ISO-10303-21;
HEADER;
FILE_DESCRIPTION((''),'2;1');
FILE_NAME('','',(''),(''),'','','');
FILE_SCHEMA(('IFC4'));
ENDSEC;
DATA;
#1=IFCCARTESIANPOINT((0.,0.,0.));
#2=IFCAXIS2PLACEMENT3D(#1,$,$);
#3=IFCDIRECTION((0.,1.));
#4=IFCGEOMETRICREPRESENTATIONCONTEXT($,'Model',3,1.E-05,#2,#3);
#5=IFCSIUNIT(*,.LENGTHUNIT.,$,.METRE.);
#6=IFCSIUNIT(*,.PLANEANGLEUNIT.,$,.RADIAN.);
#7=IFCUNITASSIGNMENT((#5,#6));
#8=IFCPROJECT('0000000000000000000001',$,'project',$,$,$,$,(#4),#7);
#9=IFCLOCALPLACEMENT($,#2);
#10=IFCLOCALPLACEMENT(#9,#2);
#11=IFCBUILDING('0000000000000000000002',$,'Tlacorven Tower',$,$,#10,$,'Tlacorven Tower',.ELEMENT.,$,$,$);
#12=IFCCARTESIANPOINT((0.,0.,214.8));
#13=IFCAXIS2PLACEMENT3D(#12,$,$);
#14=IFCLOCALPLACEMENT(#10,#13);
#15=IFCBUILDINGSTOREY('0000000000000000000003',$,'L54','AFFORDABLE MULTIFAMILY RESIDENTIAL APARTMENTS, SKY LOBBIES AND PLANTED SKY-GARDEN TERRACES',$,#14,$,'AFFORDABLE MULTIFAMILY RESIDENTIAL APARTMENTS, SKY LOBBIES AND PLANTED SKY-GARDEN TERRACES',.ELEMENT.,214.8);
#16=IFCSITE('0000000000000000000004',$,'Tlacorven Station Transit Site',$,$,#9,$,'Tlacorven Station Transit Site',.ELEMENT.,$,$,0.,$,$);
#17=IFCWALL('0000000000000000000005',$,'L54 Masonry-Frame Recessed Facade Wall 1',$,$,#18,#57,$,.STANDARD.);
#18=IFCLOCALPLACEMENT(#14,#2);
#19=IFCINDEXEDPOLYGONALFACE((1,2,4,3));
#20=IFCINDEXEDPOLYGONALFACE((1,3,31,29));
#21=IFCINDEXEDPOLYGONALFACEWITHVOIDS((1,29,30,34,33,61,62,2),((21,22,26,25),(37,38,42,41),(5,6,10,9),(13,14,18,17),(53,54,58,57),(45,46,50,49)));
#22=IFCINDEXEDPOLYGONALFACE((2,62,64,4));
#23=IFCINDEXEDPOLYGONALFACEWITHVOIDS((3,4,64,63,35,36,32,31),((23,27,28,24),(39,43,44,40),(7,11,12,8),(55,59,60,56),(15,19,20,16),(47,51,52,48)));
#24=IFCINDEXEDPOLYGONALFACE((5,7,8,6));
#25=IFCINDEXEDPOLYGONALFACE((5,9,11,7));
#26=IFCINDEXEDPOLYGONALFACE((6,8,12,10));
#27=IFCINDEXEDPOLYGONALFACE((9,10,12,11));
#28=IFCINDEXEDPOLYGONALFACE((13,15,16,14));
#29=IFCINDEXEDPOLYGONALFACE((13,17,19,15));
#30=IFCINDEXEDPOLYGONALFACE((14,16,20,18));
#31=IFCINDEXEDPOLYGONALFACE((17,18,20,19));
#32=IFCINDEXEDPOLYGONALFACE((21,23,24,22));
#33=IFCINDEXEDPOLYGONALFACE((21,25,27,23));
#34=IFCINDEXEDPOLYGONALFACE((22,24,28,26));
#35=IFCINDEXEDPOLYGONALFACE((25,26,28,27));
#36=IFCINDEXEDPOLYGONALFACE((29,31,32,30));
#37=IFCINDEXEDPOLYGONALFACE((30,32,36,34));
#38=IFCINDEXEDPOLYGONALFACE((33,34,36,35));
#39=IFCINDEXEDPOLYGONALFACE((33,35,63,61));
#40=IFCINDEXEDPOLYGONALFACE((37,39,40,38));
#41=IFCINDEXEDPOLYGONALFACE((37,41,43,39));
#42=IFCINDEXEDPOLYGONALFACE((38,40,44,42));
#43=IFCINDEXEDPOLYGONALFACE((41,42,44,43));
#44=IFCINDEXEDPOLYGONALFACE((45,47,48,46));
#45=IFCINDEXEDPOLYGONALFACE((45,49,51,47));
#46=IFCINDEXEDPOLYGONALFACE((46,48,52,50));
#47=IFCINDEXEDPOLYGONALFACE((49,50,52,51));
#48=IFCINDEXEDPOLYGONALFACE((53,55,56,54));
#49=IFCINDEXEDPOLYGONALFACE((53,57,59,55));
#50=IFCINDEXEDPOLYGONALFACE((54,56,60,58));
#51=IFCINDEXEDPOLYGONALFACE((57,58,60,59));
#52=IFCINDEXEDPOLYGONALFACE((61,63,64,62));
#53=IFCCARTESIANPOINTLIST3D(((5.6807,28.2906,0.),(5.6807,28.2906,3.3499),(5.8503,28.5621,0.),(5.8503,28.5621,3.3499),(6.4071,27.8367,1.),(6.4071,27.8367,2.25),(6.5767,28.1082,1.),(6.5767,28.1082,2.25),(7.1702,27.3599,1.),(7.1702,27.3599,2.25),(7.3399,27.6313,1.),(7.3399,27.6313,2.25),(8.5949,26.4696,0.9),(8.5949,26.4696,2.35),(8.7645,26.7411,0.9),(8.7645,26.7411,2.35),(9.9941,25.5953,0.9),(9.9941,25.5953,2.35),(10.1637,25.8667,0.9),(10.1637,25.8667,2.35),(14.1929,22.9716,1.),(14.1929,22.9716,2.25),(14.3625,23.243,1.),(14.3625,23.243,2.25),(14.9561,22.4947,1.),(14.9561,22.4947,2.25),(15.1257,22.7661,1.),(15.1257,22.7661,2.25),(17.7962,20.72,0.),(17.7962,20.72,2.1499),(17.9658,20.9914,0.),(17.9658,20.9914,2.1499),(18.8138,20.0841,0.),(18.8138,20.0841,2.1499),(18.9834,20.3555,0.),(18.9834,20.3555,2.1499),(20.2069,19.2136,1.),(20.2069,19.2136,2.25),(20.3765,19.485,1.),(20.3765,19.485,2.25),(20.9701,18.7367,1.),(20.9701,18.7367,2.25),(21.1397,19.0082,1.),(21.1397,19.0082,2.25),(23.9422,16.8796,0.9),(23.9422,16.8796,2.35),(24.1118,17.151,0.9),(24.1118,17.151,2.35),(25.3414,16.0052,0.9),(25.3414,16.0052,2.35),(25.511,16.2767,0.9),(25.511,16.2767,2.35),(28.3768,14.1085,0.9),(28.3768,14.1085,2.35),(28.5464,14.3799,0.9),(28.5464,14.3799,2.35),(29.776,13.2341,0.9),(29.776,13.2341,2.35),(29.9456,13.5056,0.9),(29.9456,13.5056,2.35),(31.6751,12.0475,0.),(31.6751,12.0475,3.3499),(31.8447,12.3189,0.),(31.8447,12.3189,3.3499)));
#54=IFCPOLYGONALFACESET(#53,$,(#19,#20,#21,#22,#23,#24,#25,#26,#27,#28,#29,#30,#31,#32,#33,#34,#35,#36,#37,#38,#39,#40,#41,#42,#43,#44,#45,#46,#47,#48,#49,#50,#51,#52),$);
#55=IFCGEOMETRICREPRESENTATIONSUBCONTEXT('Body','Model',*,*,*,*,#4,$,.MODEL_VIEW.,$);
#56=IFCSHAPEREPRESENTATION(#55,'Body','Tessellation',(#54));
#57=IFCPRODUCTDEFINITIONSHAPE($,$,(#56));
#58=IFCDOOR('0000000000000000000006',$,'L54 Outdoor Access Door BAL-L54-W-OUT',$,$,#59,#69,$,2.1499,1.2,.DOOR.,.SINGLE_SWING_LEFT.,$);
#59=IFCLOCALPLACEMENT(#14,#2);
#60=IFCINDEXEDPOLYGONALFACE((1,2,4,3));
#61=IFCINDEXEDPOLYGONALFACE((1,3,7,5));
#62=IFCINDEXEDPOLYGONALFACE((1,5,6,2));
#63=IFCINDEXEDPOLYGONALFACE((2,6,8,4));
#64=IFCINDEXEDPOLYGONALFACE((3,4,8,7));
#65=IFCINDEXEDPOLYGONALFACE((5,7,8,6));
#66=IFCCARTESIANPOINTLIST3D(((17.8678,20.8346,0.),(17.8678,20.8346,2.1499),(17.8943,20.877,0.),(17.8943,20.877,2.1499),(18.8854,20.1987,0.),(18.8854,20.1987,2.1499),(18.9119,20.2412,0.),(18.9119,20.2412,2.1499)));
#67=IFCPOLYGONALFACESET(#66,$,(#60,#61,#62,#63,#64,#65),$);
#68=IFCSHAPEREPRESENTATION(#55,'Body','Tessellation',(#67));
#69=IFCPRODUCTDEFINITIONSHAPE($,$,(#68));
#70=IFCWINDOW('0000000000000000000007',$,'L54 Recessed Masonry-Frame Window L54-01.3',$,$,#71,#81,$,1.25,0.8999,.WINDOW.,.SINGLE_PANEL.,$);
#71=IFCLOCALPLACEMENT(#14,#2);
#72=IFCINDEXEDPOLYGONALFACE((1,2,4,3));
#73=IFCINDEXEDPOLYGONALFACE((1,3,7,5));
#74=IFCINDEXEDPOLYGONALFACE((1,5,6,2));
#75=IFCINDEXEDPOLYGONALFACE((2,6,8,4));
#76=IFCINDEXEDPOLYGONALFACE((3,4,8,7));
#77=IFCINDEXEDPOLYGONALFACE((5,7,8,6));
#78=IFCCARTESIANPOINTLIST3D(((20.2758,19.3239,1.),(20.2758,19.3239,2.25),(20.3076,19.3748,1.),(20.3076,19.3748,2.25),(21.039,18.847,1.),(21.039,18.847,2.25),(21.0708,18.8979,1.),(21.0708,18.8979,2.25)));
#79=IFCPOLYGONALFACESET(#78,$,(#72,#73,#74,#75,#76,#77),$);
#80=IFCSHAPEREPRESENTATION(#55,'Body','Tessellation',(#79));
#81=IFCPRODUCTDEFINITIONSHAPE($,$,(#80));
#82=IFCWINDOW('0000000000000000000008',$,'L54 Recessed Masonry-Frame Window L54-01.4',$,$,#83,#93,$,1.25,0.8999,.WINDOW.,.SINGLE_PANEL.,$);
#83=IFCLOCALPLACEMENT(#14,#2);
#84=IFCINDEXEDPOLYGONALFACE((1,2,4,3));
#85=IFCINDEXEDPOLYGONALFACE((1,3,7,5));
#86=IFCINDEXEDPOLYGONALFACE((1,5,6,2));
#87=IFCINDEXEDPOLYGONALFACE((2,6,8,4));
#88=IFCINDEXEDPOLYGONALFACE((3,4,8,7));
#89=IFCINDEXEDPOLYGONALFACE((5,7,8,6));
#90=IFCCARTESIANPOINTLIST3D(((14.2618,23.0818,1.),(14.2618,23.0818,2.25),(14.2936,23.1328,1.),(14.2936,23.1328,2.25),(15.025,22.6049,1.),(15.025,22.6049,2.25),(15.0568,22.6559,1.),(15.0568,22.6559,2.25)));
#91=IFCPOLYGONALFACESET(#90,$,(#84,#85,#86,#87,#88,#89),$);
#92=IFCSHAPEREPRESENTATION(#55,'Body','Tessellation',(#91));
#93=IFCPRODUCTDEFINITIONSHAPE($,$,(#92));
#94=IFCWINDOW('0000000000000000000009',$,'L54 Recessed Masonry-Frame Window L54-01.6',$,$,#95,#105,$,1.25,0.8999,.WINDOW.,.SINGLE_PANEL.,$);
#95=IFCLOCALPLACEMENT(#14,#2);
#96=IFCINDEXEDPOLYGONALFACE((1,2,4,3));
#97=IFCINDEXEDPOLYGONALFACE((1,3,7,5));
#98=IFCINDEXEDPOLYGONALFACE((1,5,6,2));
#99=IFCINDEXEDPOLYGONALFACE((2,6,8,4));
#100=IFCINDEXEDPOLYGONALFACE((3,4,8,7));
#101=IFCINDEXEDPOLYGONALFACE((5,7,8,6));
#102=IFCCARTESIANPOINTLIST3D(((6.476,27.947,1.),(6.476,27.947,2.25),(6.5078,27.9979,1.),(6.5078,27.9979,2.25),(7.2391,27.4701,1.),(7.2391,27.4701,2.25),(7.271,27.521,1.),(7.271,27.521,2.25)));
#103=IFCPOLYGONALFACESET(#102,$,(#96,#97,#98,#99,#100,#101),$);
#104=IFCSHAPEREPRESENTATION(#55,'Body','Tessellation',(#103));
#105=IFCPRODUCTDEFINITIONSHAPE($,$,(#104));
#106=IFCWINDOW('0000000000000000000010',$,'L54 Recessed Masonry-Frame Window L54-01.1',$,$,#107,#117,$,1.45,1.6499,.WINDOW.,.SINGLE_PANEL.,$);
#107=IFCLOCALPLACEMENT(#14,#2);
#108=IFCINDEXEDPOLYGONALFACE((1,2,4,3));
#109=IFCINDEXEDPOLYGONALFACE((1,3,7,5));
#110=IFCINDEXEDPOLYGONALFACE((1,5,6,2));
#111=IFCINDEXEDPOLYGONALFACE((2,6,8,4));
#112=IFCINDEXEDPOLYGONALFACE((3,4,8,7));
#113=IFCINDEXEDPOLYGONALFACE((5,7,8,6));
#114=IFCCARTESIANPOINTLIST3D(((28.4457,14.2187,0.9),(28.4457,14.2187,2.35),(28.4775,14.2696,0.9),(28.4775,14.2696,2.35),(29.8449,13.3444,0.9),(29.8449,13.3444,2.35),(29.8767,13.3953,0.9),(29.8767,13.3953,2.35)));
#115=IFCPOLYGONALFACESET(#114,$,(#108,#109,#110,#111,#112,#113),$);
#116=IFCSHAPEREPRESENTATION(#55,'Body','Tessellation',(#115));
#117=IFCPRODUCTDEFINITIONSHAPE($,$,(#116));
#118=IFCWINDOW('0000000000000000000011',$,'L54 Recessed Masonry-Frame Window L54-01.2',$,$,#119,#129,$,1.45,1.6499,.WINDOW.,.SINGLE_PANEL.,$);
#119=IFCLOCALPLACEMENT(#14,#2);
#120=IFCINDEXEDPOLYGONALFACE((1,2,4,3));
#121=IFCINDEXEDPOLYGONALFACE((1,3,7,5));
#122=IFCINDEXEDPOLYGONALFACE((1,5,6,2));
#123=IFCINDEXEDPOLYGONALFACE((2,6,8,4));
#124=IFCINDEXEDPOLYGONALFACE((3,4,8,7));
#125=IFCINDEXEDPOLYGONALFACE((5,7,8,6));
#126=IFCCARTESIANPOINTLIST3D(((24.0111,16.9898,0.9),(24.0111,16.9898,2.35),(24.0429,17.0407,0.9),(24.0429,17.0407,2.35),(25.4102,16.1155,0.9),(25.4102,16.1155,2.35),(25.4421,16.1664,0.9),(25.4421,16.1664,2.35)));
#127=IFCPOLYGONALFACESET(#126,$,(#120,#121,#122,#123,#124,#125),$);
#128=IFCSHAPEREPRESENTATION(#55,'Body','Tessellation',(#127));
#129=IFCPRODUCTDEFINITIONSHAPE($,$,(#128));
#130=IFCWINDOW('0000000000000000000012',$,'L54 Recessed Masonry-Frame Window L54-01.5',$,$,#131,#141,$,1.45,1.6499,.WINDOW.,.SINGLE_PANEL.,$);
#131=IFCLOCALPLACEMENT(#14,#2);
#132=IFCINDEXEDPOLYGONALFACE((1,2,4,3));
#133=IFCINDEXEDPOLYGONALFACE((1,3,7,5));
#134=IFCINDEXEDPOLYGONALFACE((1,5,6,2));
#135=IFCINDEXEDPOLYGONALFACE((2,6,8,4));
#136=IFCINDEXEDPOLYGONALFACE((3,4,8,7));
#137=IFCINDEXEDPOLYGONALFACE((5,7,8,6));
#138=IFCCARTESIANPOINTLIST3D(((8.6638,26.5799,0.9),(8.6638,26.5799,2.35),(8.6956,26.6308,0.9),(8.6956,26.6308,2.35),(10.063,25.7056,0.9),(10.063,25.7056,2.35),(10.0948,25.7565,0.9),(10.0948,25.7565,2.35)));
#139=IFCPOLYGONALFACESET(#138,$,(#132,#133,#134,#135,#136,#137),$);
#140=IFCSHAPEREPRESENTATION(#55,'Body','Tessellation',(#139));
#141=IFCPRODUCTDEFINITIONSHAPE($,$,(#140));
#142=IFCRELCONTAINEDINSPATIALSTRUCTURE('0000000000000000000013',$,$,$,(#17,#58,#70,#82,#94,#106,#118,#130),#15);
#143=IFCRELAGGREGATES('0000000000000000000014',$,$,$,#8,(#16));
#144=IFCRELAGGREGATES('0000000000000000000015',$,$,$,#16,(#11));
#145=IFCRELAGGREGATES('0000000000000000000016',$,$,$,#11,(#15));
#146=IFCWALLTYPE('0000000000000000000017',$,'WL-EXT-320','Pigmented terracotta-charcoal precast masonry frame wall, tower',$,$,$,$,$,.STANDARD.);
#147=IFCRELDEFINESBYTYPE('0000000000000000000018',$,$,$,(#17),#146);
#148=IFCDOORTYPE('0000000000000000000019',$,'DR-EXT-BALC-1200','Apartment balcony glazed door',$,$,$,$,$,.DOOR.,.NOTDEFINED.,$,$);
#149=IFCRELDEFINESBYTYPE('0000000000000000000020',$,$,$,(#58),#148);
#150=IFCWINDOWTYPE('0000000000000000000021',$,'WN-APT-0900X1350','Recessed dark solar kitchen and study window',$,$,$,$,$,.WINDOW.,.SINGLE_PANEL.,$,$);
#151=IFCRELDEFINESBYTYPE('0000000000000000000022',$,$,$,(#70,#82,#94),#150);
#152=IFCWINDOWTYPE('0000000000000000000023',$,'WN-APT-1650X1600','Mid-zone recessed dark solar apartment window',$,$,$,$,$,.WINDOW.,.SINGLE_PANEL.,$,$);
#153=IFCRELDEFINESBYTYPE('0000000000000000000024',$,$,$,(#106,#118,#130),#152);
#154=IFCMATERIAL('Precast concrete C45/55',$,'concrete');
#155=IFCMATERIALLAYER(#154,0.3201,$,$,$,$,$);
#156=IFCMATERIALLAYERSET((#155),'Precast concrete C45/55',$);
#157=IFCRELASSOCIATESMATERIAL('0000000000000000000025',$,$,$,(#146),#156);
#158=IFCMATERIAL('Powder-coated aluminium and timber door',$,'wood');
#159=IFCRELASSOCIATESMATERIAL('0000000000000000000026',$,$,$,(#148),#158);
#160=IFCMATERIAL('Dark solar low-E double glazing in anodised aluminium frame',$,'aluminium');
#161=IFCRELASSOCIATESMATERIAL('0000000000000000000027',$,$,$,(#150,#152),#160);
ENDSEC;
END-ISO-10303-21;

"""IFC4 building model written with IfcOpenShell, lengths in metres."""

from ifc_helpers import new_model, si_unit, direction, frame, frame_2d, origin, place, context, subcontext, project, spatial, rectangle, extrude, source, transform, mapped, material, layer, layer_set, type_object, element, fill, save


model = new_model("IFC4")

# Units and contexts
model_context = context("Model", 3, precision=1e-05, world=origin(), true_north=direction((0.0, 1.0)))
body_context = subcontext(model_context, "Body", "Model", "MODEL_VIEW")
ifc_project = project(units=[si_unit("LENGTHUNIT", "METRE"), si_unit("PLANEANGLEUNIT", "RADIAN")], contexts=[model_context])

# Site, building, storey
site_placement = place(None, origin())
site = spatial("IfcSite", under=ifc_project, at=site_placement, Name="Tlacorven Station Transit Site", LongName="Tlacorven Station Transit Site", CompositionType="ELEMENT", RefElevation=0.0)
building_placement = place(site_placement, origin())
building = spatial("IfcBuilding", under=site, at=building_placement, Name="Tlacorven Tower", LongName="Tlacorven Tower", CompositionType="ELEMENT")
storey_placement = place(building_placement, frame((0.0, 0.0, 214.8)))
storey = spatial("IfcBuildingStorey", under=building, at=storey_placement, Name="L54", Description="AFFORDABLE MULTIFAMILY RESIDENTIAL APARTMENTS, SKY LOBBIES AND PLANTED SKY-GARDEN TERRACES", LongName="AFFORDABLE MULTIFAMILY RESIDENTIAL APARTMENTS, SKY LOBBIES AND PLANTED SKY-GARDEN TERRACES", CompositionType="ELEMENT", Elevation=214.8)

# Wall, openings, door, windows
ifc_material_1 = material(Name="Precast concrete C45/55", Category="concrete")
ifc_layer_1 = layer(ifc_material_1, 0.3201)
ifc_layer_set_1 = layer_set([ifc_layer_1], Name="Precast concrete C45/55")
wall_type_1 = type_object("IfcWallType", Name="WL-EXT-320", Description="Pigmented terracotta-charcoal precast masonry frame wall, tower", PredefinedType="STANDARD", material=ifc_layer_set_1)
wall_1_placement = place(storey_placement, frame((31.76, 12.1831, 0.0), z_axis=(0.0, 0.0, 1.0), x_axis=(-0.848047, 0.529921, 0.0)))
wall_1 = element("IfcWall", 1, at=wall_1_placement, inside=storey, type_object=wall_type_1, Name="L54 Masonry-Frame Recessed Facade Wall 1", PredefinedType="STANDARD", context=body_context, shape_type="SweptSolid", body=[
    extrude(rectangle(XDim=30.6521, YDim=0.3201, at=frame_2d((15.3262, 0.0))), origin(), (0.0, 0.0, 1.0), 3.3499),
])
opening_1_placement = place(wall_1_placement, frame((15.1658, 0.0, 0.0)))
opening_1 = element("IfcOpeningElement", 2, at=opening_1_placement, cuts=wall_1, PredefinedType="OPENING", context=body_context, shape_type="SweptSolid", body=[
    extrude(rectangle(XDim=1.2, YDim=2.1499, at=frame_2d((0.6001, 1.075))), frame((0.0, 0.1699, 0.0), z_axis=(0.0, -1.0, 0.0), x_axis=(1.0, 0.0, 0.0)), (0.0, 0.0, 1.0), 0.3401),
])
opening_2_placement = place(wall_1_placement, frame((2.2395, 0.0, 0.8999)))
opening_2 = element("IfcOpeningElement", 3, at=opening_2_placement, cuts=wall_1, PredefinedType="OPENING", context=body_context, shape_type="SweptSolid", body=[
    extrude(rectangle(XDim=1.6499, YDim=1.45, at=frame_2d((0.825, 0.7251))), frame((0.0, 0.1699, 0.0), z_axis=(0.0, -1.0, 0.0), x_axis=(1.0, 0.0, 0.0)), (0.0, 0.0, 1.0), 0.3401),
])
opening_3_placement = place(wall_1_placement, frame((7.4688, 0.0, 0.8999)))
opening_3 = element("IfcOpeningElement", 4, at=opening_3_placement, cuts=wall_1, PredefinedType="OPENING", context=body_context, shape_type="SweptSolid", body=[
    extrude(rectangle(XDim=1.6499, YDim=1.45, at=frame_2d((0.825, 0.7251))), frame((0.0, 0.1699, 0.0), z_axis=(0.0, -1.0, 0.0), x_axis=(1.0, 0.0, 0.0)), (0.0, 0.0, 1.0), 0.3401),
])
opening_4_placement = place(wall_1_placement, frame((12.6233, 0.0, 1.0)))
opening_4 = element("IfcOpeningElement", 5, at=opening_4_placement, cuts=wall_1, PredefinedType="OPENING", context=body_context, shape_type="SweptSolid", body=[
    extrude(rectangle(XDim=0.8999, YDim=1.25, at=frame_2d((0.45, 0.625))), frame((0.0, 0.1699, 0.0), z_axis=(0.0, -1.0, 0.0), x_axis=(1.0, 0.0, 0.0)), (0.0, 0.0, 1.0), 0.3401),
])
opening_5_placement = place(wall_1_placement, frame((19.7148, 0.0, 1.0)))
opening_5 = element("IfcOpeningElement", 6, at=opening_5_placement, cuts=wall_1, PredefinedType="OPENING", context=body_context, shape_type="SweptSolid", body=[
    extrude(rectangle(XDim=0.8999, YDim=1.25, at=frame_2d((0.45, 0.625))), frame((0.0, 0.1699, 0.0), z_axis=(0.0, -1.0, 0.0), x_axis=(1.0, 0.0, 0.0)), (0.0, 0.0, 1.0), 0.3401),
])
opening_6_placement = place(wall_1_placement, frame((25.5659, 0.0, 0.8999)))
opening_6 = element("IfcOpeningElement", 7, at=opening_6_placement, cuts=wall_1, PredefinedType="OPENING", context=body_context, shape_type="SweptSolid", body=[
    extrude(rectangle(XDim=1.6499, YDim=1.45, at=frame_2d((0.825, 0.7251))), frame((0.0, 0.1699, 0.0), z_axis=(0.0, -1.0, 0.0), x_axis=(1.0, 0.0, 0.0)), (0.0, 0.0, 1.0), 0.3401),
])
opening_7_placement = place(wall_1_placement, frame((28.8958, 0.0, 1.0)))
opening_7 = element("IfcOpeningElement", 8, at=opening_7_placement, cuts=wall_1, PredefinedType="OPENING", context=body_context, shape_type="SweptSolid", body=[
    extrude(rectangle(XDim=0.8999, YDim=1.25, at=frame_2d((0.45, 0.625))), frame((0.0, 0.1699, 0.0), z_axis=(0.0, -1.0, 0.0), x_axis=(1.0, 0.0, 0.0)), (0.0, 0.0, 1.0), 0.3401),
])
ifc_material_2 = material(Name="Powder-coated aluminium and timber door", Category="wood")
door_type_1 = type_object("IfcDoorType", Name="DR-EXT-BALC-1200", Description="Apartment balcony glazed door", OperationType="NOTDEFINED", PredefinedType="DOOR", material=ifc_material_2)
shared_shape_1 = source(origin(), body_context, "Body", "SweptSolid", [
    extrude(rectangle(XDim=1.2, YDim=2.1499, at=frame_2d((0.6001, 1.075))), frame((0.0, 0.0249, 0.0), z_axis=(0.0, -1.0, 0.0), x_axis=(1.0, 0.0, 0.0)), (0.0, 0.0, 1.0), 0.05),
])
door_1_placement = place(opening_1_placement, origin())
door_1 = element("IfcDoor", 9, at=door_1_placement, inside=storey, type_object=door_type_1, Name="L54 Outdoor Access Door BAL-L54-W-OUT", OperationType="SINGLE_SWING_LEFT", OverallHeight=2.1499, OverallWidth=1.2, PredefinedType="DOOR", context=body_context, shape_type="MappedRepresentation", body=[
    mapped(shared_shape_1, transform((0.0, 0.0, 0.0), scale=1.0)),
])
fill(opening_1, door_1)
ifc_material_3 = material(Name="Dark solar low-E double glazing in anodised aluminium frame", Category="aluminium")
window_type_1 = type_object("IfcWindowType", Name="WN-APT-0900X1350", Description="Recessed dark solar kitchen and study window", PartitioningType="SINGLE_PANEL", PredefinedType="WINDOW", material=ifc_material_3)
shared_shape_2 = source(origin(), body_context, "Body", "SweptSolid", [
    extrude(rectangle(XDim=0.8999, YDim=1.25, at=frame_2d((0.45, 0.625))), frame((0.0, 0.03, 0.0), z_axis=(0.0, -1.0, 0.0), x_axis=(1.0, 0.0, 0.0)), (0.0, 0.0, 1.0), 0.0601),
])
window_1_placement = place(opening_4_placement, origin())
window_1 = element("IfcWindow", 10, at=window_1_placement, inside=storey, type_object=window_type_1, Name="L54 Recessed Masonry-Frame Window L54-01.3", OverallHeight=1.25, OverallWidth=0.8999, PartitioningType="SINGLE_PANEL", PredefinedType="WINDOW", context=body_context, shape_type="MappedRepresentation", body=[
    mapped(shared_shape_2, transform((0.0, 0.0, 0.0), scale=1.0)),
])
fill(opening_4, window_1)
window_2_placement = place(opening_5_placement, origin())
window_2 = element("IfcWindow", 11, at=window_2_placement, inside=storey, type_object=window_type_1, Name="L54 Recessed Masonry-Frame Window L54-01.4", OverallHeight=1.25, OverallWidth=0.8999, PartitioningType="SINGLE_PANEL", PredefinedType="WINDOW", context=body_context, shape_type="MappedRepresentation", body=[
    mapped(shared_shape_2, transform((0.0, 0.0, 0.0), scale=1.0)),
])
fill(opening_5, window_2)
window_3_placement = place(opening_7_placement, origin())
window_3 = element("IfcWindow", 12, at=window_3_placement, inside=storey, type_object=window_type_1, Name="L54 Recessed Masonry-Frame Window L54-01.6", OverallHeight=1.25, OverallWidth=0.8999, PartitioningType="SINGLE_PANEL", PredefinedType="WINDOW", context=body_context, shape_type="MappedRepresentation", body=[
    mapped(shared_shape_2, transform((0.0, 0.0, 0.0), scale=1.0)),
])
fill(opening_7, window_3)
window_type_2 = type_object("IfcWindowType", Name="WN-APT-1650X1600", Description="Mid-zone recessed dark solar apartment window", PartitioningType="SINGLE_PANEL", PredefinedType="WINDOW", material=ifc_material_3)
shared_shape_3 = source(origin(), body_context, "Body", "SweptSolid", [
    extrude(rectangle(XDim=1.6499, YDim=1.45, at=frame_2d((0.825, 0.7251))), frame((0.0, 0.03, 0.0), z_axis=(0.0, -1.0, 0.0), x_axis=(1.0, 0.0, 0.0)), (0.0, 0.0, 1.0), 0.0601),
])
window_4_placement = place(opening_2_placement, origin())
window_4 = element("IfcWindow", 13, at=window_4_placement, inside=storey, type_object=window_type_2, Name="L54 Recessed Masonry-Frame Window L54-01.1", OverallHeight=1.45, OverallWidth=1.6499, PartitioningType="SINGLE_PANEL", PredefinedType="WINDOW", context=body_context, shape_type="MappedRepresentation", body=[
    mapped(shared_shape_3, transform((0.0, 0.0, 0.0), scale=1.0)),
])
fill(opening_2, window_4)
window_5_placement = place(opening_3_placement, origin())
window_5 = element("IfcWindow", 14, at=window_5_placement, inside=storey, type_object=window_type_2, Name="L54 Recessed Masonry-Frame Window L54-01.2", OverallHeight=1.45, OverallWidth=1.6499, PartitioningType="SINGLE_PANEL", PredefinedType="WINDOW", context=body_context, shape_type="MappedRepresentation", body=[
    mapped(shared_shape_3, transform((0.0, 0.0, 0.0), scale=1.0)),
])
fill(opening_3, window_5)
window_6_placement = place(opening_6_placement, origin())
window_6 = element("IfcWindow", 15, at=window_6_placement, inside=storey, type_object=window_type_2, Name="L54 Recessed Masonry-Frame Window L54-01.5", OverallHeight=1.45, OverallWidth=1.6499, PartitioningType="SINGLE_PANEL", PredefinedType="WINDOW", context=body_context, shape_type="MappedRepresentation", body=[
    mapped(shared_shape_3, transform((0.0, 0.0, 0.0), scale=1.0)),
])
fill(opening_6, window_6)

save(model, "model.ifc")
